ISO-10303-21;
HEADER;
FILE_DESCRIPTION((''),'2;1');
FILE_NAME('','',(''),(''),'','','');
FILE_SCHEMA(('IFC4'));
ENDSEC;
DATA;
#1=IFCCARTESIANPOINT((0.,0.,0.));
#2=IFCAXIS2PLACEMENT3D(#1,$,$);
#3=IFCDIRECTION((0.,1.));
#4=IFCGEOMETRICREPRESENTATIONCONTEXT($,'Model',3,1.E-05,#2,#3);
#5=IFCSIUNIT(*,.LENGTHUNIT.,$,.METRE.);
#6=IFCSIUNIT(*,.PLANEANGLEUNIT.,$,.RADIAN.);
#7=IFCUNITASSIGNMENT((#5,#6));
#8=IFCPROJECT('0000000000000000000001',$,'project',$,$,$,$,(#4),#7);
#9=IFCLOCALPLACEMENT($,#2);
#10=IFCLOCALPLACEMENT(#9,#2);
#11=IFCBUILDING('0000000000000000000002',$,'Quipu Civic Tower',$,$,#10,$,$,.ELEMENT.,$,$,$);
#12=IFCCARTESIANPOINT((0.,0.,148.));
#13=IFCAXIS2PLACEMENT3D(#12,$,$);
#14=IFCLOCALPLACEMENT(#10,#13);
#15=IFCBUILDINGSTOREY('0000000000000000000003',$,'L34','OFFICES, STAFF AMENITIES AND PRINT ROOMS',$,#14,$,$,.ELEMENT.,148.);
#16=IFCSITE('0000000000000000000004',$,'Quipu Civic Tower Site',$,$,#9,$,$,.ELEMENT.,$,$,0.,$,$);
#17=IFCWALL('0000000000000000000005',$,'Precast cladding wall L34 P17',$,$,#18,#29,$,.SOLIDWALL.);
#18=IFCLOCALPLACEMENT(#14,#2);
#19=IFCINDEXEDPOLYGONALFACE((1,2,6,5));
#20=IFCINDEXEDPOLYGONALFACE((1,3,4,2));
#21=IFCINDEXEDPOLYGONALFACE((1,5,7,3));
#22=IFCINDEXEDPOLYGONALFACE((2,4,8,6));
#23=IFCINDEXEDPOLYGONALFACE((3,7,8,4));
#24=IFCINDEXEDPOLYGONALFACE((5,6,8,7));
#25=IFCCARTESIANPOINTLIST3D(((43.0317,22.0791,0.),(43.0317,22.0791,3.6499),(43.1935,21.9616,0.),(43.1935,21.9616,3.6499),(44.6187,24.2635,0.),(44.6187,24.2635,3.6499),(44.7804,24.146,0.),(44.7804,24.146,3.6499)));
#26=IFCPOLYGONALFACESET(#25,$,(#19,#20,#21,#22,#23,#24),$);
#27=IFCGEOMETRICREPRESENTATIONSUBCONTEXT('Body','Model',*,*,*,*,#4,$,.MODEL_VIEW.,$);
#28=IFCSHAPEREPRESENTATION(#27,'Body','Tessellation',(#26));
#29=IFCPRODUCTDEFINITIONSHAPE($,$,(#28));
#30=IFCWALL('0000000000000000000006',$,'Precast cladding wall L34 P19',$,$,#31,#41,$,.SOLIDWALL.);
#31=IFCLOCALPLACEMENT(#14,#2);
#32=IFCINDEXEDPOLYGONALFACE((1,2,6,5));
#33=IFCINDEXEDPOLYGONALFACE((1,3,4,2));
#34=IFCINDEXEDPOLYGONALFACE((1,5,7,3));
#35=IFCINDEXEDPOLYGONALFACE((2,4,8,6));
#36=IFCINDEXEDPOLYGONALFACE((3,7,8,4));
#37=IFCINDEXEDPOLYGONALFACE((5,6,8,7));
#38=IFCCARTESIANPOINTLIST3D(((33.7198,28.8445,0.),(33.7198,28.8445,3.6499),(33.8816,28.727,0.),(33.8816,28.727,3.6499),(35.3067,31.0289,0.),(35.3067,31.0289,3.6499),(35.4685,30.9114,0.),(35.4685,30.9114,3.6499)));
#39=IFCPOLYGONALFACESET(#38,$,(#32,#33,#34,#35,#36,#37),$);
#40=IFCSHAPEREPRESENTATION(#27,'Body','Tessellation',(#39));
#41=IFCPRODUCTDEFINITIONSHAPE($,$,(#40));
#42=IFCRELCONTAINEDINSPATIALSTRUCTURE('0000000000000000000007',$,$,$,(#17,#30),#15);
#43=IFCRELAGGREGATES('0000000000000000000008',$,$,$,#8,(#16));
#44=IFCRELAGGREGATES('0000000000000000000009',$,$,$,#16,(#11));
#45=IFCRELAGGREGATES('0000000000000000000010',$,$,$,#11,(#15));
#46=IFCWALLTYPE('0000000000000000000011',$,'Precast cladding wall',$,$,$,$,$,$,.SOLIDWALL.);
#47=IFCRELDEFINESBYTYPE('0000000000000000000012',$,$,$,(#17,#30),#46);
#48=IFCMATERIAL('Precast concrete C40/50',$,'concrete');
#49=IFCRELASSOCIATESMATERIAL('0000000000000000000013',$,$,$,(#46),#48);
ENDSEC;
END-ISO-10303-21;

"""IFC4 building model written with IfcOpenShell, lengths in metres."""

from ifc_helpers import new_model, si_unit, direction, frame, frame_2d, origin, place, context, subcontext, project, spatial, rectangle, extrude, material, type_object, element, save


model = new_model("IFC4")

# Units and contexts
model_context = context("Model", 3, precision=1e-05, world=origin(), true_north=direction((0.0, 1.0)))
body_context = subcontext(model_context, "Body", "Model", "MODEL_VIEW")
ifc_project = project(units=[si_unit("LENGTHUNIT", "METRE"), si_unit("PLANEANGLEUNIT", "RADIAN")], contexts=[model_context])

# Site, building, storey
site_placement = place(None, origin())
site = spatial("IfcSite", under=ifc_project, at=site_placement, Name="Quipu Civic Tower Site", CompositionType="ELEMENT", RefElevation=0.0)
building_placement = place(site_placement, origin())
building = spatial("IfcBuilding", under=site, at=building_placement, Name="Quipu Civic Tower", CompositionType="ELEMENT")
storey_placement = place(building_placement, frame((0.0, 0.0, 148.0)))
storey = spatial("IfcBuildingStorey", under=building, at=storey_placement, Name="L34", Description="OFFICES, STAFF AMENITIES AND PRINT ROOMS", CompositionType="ELEMENT", Elevation=148.0)

# Walls
ifc_material_1 = material(Name="Precast concrete C40/50", Category="concrete")
wall_type_1 = type_object("IfcWallType", Name="Precast cladding wall", PredefinedType="SOLIDWALL", material=ifc_material_1)
for number, where, z_axis, x_axis, name in (
    (1, (43.1125, 22.0203, 0.0), (0.0, 0.0, 1.0), (0.587763, 0.809033, 0.0), "Precast cladding wall L34 P17"),
    (2, (35.3877, 30.9702, 0.0), (0.0, 0.0, 1.0), (-0.587763, -0.809033, 0.0), "Precast cladding wall L34 P19"),
):
    element("IfcWall", number, at=place(storey_placement, frame(where, z_axis=z_axis, x_axis=x_axis)), inside=storey, type_object=wall_type_1, Name=name, PredefinedType="SOLIDWALL", context=body_context, shape_type="SweptSolid", body=[
        extrude(rectangle(XDim=2.7, YDim=0.2, at=frame_2d((1.3501, 0.0))), origin(), (0.0, 0.0, 1.0), 3.6499),
    ])

save(model, "model.ifc")
